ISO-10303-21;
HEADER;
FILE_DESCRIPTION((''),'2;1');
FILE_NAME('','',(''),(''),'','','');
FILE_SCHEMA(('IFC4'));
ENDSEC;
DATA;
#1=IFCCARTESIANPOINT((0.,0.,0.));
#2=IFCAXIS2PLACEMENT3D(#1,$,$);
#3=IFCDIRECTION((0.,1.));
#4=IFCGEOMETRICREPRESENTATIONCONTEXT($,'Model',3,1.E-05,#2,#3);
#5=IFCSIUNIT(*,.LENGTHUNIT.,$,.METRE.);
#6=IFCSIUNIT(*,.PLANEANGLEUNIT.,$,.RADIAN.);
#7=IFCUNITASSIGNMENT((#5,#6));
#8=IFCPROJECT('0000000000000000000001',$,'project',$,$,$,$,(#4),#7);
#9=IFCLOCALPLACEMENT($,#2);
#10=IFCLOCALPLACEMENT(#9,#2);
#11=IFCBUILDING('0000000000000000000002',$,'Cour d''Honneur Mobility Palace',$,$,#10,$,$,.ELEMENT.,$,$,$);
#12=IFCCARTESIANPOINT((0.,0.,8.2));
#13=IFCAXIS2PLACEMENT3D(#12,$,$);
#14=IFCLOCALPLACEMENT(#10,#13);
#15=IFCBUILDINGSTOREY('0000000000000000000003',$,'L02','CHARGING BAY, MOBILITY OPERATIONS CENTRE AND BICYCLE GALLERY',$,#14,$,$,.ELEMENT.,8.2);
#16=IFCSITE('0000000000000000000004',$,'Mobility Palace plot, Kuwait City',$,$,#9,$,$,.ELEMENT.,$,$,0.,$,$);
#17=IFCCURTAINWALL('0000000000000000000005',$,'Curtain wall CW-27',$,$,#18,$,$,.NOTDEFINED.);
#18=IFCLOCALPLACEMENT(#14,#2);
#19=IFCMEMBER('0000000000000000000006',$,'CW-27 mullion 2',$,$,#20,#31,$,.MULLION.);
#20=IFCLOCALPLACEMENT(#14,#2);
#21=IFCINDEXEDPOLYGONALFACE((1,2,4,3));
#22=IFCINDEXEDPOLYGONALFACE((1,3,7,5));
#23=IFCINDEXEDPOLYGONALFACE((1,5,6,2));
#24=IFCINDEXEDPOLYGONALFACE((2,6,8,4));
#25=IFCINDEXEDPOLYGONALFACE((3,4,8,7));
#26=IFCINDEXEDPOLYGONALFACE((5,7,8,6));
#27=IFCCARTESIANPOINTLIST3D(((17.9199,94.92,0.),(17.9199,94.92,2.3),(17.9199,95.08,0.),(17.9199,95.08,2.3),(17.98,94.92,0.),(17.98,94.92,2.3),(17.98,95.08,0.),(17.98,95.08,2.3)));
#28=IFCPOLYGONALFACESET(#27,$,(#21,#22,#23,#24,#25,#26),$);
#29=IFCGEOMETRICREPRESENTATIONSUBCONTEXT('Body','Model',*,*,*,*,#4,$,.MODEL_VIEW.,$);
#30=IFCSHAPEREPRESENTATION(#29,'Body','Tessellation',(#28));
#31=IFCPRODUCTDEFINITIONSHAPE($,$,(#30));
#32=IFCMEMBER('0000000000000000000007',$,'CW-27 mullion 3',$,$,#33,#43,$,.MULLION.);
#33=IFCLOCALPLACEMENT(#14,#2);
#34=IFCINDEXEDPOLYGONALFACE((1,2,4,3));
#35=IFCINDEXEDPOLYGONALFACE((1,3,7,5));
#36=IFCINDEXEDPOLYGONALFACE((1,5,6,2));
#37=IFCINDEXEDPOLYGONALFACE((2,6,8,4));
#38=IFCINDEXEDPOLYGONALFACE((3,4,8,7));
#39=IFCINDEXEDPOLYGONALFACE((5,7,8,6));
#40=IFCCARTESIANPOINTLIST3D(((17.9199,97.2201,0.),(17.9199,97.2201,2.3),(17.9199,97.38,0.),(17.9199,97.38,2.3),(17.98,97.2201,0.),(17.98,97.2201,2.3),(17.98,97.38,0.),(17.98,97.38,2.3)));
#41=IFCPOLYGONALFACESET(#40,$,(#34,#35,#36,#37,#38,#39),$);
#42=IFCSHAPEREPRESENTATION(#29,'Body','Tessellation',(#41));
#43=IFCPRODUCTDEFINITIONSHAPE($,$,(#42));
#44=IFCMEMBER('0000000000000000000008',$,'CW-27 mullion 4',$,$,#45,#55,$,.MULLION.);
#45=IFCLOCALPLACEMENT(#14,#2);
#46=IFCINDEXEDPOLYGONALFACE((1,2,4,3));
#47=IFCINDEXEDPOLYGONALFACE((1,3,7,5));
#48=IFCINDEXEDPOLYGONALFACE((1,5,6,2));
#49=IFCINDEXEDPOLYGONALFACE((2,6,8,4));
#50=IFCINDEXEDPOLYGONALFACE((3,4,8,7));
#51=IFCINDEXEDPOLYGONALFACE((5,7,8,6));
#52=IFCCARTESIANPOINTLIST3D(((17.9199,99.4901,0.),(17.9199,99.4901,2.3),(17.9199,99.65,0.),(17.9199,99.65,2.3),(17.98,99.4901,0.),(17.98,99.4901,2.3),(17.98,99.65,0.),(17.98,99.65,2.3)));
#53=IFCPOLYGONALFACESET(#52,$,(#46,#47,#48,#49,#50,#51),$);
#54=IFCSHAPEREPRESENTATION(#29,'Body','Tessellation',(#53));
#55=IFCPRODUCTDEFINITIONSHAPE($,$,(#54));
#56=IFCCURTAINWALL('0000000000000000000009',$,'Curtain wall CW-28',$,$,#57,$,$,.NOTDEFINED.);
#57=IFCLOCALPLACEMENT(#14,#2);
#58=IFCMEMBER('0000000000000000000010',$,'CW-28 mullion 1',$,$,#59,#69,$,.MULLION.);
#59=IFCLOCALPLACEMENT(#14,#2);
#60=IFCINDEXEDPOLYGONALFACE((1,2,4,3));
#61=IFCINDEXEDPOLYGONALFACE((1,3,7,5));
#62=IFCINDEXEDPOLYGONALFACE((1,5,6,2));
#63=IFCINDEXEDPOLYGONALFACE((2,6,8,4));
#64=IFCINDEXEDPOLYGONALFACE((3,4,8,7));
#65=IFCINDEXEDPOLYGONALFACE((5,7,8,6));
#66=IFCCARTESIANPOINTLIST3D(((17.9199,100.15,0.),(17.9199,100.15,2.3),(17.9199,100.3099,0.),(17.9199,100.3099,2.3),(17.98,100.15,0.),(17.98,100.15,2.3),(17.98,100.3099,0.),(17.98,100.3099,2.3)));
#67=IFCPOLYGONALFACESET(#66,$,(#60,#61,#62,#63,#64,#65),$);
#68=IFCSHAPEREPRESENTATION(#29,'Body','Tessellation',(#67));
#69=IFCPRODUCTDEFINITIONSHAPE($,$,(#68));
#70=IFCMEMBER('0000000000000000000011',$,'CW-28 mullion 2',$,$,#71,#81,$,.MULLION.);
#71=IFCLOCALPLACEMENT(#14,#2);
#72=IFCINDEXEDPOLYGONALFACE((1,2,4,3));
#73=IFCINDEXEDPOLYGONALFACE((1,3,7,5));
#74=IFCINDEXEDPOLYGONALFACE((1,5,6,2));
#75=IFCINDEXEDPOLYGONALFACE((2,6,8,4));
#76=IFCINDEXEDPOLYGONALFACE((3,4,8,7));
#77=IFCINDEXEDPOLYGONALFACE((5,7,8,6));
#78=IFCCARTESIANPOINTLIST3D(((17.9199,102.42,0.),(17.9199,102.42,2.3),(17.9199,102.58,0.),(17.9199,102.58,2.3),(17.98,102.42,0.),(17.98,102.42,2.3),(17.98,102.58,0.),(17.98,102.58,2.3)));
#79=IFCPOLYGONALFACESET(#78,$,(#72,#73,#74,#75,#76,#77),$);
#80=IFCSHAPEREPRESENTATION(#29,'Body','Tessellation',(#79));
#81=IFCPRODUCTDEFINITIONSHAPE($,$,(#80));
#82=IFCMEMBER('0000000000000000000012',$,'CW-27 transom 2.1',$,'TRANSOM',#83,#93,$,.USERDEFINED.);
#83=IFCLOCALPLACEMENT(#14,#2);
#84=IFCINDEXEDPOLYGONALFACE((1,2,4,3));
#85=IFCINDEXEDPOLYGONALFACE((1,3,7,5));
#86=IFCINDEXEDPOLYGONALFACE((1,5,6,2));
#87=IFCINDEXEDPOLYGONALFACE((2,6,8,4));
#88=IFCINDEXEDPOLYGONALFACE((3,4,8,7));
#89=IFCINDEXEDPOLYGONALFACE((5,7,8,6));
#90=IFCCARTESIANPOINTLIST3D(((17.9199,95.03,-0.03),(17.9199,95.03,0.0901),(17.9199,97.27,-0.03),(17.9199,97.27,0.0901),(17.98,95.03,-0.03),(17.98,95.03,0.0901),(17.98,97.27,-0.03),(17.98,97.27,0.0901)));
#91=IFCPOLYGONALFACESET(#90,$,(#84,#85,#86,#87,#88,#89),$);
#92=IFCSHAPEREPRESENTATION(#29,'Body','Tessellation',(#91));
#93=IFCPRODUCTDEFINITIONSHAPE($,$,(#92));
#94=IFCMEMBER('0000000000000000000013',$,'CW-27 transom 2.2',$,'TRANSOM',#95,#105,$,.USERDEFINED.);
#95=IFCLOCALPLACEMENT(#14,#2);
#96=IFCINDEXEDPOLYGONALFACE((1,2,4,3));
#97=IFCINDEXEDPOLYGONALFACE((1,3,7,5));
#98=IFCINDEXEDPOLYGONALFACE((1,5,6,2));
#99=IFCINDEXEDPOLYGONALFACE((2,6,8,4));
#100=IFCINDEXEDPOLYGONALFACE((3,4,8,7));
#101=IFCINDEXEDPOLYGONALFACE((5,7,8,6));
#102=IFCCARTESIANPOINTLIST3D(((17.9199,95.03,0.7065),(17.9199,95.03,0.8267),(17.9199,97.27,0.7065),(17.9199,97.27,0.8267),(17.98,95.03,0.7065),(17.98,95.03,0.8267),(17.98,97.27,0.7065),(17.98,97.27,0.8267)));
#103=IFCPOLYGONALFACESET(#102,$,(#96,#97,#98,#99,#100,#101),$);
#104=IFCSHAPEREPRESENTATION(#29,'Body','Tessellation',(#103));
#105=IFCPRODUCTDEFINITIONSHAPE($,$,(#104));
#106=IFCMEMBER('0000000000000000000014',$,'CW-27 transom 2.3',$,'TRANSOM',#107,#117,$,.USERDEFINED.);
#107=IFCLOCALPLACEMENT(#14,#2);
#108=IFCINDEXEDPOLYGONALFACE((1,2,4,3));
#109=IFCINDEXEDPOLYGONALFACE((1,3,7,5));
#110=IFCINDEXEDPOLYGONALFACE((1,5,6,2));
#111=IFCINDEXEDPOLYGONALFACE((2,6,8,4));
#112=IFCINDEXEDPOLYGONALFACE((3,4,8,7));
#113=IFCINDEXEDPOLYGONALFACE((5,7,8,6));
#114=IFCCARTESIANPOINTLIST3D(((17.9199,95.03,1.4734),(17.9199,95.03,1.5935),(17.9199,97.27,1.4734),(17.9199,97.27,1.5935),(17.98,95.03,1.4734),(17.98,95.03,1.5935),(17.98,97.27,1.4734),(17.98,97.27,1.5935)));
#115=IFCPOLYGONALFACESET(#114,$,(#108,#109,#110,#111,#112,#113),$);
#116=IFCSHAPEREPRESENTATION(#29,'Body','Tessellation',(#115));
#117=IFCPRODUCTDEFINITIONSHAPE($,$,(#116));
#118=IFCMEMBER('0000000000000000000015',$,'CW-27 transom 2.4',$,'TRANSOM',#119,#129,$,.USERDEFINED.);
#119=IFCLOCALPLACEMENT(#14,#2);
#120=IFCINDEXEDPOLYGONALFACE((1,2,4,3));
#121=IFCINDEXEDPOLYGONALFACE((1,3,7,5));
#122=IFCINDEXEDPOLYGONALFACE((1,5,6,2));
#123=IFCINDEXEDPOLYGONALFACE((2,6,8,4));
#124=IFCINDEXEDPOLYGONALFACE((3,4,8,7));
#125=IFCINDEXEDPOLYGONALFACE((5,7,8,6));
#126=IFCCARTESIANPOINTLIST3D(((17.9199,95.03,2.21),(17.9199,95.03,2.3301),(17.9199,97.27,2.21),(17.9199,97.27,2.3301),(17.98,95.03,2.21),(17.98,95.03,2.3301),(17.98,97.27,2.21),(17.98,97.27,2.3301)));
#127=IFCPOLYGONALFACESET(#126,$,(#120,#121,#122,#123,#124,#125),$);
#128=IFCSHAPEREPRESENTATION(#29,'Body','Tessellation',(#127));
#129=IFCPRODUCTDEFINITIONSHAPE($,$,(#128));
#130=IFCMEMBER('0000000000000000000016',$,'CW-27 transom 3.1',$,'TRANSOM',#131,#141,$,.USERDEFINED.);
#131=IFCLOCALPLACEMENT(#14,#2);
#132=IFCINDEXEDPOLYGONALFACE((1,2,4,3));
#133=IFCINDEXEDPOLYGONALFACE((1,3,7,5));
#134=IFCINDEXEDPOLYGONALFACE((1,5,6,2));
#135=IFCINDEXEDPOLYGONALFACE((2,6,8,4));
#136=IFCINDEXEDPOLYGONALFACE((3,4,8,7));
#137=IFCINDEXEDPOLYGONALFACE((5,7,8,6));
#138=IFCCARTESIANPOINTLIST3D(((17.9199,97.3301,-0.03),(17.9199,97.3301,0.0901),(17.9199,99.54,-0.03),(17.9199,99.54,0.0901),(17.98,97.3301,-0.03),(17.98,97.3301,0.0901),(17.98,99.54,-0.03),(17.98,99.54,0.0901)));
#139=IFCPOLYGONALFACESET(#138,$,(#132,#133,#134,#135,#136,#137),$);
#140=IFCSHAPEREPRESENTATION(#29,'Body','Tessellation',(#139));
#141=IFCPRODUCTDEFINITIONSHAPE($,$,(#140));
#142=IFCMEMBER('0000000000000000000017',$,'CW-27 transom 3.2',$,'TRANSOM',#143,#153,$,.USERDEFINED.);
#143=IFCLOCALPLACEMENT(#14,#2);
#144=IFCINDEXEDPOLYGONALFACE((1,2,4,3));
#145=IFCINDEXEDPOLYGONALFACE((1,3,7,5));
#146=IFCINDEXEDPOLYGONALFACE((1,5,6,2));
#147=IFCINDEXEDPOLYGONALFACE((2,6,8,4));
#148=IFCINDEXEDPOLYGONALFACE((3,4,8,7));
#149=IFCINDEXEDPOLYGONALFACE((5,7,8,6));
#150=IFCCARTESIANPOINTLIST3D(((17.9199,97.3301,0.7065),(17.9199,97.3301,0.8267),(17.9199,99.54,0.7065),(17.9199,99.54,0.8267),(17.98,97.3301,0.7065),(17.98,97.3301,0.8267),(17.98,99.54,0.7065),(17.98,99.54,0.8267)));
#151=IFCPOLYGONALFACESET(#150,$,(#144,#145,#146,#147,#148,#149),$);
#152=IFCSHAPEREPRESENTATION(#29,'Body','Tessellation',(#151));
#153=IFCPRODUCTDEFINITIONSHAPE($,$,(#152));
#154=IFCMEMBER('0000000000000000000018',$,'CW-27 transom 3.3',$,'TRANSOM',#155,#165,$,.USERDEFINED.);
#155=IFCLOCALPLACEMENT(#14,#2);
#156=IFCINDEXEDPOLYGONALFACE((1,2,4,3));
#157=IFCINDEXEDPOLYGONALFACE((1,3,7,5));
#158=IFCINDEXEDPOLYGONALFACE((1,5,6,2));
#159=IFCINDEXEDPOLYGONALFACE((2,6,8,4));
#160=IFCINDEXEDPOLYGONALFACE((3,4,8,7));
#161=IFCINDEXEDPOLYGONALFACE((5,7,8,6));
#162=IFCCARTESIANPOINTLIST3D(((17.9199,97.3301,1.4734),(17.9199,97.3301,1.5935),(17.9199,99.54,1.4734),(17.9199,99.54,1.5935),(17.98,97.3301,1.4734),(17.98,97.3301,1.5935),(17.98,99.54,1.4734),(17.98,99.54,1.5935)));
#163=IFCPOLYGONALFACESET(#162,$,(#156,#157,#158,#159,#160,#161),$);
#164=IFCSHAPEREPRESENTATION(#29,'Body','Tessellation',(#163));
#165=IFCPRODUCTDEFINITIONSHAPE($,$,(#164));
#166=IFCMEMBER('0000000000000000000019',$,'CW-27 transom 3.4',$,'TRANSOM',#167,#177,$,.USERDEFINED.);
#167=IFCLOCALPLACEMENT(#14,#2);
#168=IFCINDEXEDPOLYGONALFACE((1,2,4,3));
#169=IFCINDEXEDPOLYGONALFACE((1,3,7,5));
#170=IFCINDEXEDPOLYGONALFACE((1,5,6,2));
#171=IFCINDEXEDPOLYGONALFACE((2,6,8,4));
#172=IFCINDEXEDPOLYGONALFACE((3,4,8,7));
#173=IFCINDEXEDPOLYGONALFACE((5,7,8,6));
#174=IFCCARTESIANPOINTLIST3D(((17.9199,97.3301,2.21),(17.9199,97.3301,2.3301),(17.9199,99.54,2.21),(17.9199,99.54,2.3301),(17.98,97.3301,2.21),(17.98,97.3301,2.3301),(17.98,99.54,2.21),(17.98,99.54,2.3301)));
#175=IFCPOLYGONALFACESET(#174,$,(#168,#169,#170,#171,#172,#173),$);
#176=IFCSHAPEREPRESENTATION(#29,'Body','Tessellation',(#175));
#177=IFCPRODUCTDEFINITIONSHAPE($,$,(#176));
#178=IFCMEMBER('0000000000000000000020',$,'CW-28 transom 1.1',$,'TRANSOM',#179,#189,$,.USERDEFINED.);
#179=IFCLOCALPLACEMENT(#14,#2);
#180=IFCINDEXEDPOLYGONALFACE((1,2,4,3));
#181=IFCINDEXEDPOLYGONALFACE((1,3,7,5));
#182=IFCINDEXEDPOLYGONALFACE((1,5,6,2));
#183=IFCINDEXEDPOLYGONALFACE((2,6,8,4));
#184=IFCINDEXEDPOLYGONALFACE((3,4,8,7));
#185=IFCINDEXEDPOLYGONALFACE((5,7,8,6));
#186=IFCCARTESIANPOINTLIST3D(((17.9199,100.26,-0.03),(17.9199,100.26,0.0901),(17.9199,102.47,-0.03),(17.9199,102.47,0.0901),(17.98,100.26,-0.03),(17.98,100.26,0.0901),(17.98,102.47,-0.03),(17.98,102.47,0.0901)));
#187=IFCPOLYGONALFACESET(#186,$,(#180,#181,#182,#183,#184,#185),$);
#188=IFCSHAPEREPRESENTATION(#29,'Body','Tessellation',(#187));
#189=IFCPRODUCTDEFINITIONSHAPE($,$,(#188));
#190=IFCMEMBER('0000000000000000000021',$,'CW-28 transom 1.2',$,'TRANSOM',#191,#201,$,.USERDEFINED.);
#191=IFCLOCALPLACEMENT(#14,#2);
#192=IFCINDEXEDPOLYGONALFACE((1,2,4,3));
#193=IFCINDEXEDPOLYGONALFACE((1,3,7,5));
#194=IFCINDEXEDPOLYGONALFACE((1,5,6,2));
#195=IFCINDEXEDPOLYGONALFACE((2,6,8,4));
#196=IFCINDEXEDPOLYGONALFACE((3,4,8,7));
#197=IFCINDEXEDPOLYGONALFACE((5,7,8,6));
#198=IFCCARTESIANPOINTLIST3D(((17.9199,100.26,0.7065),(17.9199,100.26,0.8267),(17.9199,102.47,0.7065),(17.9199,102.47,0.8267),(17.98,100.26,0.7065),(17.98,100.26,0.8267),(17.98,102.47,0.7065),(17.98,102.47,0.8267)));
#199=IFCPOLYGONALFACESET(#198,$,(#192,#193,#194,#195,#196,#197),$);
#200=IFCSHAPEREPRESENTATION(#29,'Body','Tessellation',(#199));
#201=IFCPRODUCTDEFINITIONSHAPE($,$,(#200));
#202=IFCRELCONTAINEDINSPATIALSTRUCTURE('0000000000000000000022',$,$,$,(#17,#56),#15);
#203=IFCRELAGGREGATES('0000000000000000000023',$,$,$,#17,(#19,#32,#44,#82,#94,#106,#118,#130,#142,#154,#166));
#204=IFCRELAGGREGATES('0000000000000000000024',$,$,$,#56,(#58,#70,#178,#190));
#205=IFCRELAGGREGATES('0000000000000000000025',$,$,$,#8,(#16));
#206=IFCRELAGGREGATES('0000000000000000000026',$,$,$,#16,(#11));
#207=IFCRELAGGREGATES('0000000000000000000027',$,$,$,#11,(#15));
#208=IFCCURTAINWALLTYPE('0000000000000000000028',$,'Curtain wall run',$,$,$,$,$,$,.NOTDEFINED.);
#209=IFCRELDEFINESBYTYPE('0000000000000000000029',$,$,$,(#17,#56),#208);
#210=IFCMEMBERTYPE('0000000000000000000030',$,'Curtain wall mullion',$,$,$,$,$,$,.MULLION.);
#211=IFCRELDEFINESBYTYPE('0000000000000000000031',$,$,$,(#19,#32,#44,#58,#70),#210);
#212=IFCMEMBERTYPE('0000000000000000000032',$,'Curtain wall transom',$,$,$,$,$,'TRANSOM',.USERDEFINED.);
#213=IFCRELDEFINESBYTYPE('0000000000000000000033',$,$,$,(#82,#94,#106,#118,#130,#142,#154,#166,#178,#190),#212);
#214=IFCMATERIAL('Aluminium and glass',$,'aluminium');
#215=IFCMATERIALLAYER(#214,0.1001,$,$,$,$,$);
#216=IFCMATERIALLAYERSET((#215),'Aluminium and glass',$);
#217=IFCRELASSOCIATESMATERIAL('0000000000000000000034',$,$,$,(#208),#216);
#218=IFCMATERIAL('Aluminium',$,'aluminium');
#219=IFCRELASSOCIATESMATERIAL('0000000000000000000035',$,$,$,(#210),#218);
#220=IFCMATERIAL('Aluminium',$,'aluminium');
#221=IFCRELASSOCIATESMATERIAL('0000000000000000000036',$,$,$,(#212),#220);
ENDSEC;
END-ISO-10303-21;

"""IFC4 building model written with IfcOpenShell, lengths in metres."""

from ifc_helpers import new_model, si_unit, direction, frame, origin, origin_2d, place, context, subcontext, project, spatial, rectangle, extrude, material, layer, layer_set, material_profile, profile_set, type_object, element, aggregate, save


model = new_model("IFC4")

# Units and contexts
model_context = context("Model", 3, precision=1e-05, world=origin(), true_north=direction((0.0, 1.0)))
body_context = subcontext(model_context, "Body", "Model", "MODEL_VIEW")
ifc_project = project(units=[si_unit("LENGTHUNIT", "METRE"), si_unit("PLANEANGLEUNIT", "RADIAN")], contexts=[model_context])

# Site, building, storey
site_placement = place(None, origin())
site = spatial("IfcSite", under=ifc_project, at=site_placement, Name="Mobility Palace plot, Kuwait City", CompositionType="ELEMENT", RefElevation=0.0)
building_placement = place(site_placement, origin())
building = spatial("IfcBuilding", under=site, at=building_placement, Name="Cour d'Honneur Mobility Palace", CompositionType="ELEMENT")
storey_placement = place(building_placement, frame((0.0, 0.0, 8.2)))
storey = spatial("IfcBuildingStorey", under=building, at=storey_placement, Name="L02", Description="CHARGING BAY, MOBILITY OPERATIONS CENTRE AND BICYCLE GALLERY", CompositionType="ELEMENT", Elevation=8.2)

# Curtain walls, members
ifc_material_1 = material(Name="Aluminium and glass", Category="aluminium")
ifc_layer_1 = layer(ifc_material_1, 0.1001)
ifc_layer_set_1 = layer_set([ifc_layer_1], Name="Aluminium and glass")
curtain_wall_type = type_object("IfcCurtainWallType", Name="Curtain wall run", PredefinedType="NOTDEFINED", material=ifc_layer_set_1)
curtain_wall_1_placement = place(storey_placement, origin())
curtain_wall_1 = element("IfcCurtainWall", 1, at=curtain_wall_1_placement, inside=storey, type_object=curtain_wall_type, Name="Curtain wall CW-27", PredefinedType="NOTDEFINED")
ifc_material_2 = material(Name="Aluminium", Category="aluminium")
ifc_material_profile_1 = material_profile(ifc_material_2, rectangle(XDim=0.0601, YDim=0.1599, at=origin_2d()), Name="Curtain wall mullion")
ifc_profile_set_1 = profile_set([ifc_material_profile_1], Name="Aluminium")
member_type_1 = type_object("IfcMemberType", Name="Curtain wall mullion", PredefinedType="MULLION", material=ifc_profile_set_1)
member_1_placement = place(storey_placement, frame((17.95, 95.0, 0.0), z_axis=(0.0, 0.0, 1.0), x_axis=(-1.0, 0.0, 0.0)))
member_1 = element("IfcMember", 2, at=member_1_placement, type_object=member_type_1, Name="CW-27 mullion 2", PredefinedType="MULLION", context=body_context, shape_type="SweptSolid", body=[
    extrude(rectangle(XDim=0.0601, YDim=0.1599, at=origin_2d()), origin(), (0.0, 0.0, 1.0), 2.3),
])
member_2_placement = place(storey_placement, frame((17.95, 97.3, 0.0), z_axis=(0.0, 0.0, 1.0), x_axis=(-1.0, 0.0, 0.0)))
member_2 = element("IfcMember", 3, at=member_2_placement, type_object=member_type_1, Name="CW-27 mullion 3", PredefinedType="MULLION", context=body_context, shape_type="SweptSolid", body=[
    extrude(rectangle(XDim=0.0601, YDim=0.1599, at=origin_2d()), origin(), (0.0, 0.0, 1.0), 2.3),
])
member_3_placement = place(storey_placement, frame((17.95, 99.5701, 0.0), z_axis=(0.0, 0.0, 1.0), x_axis=(-1.0, 0.0, 0.0)))
member_3 = element("IfcMember", 4, at=member_3_placement, type_object=member_type_1, Name="CW-27 mullion 4", PredefinedType="MULLION", context=body_context, shape_type="SweptSolid", body=[
    extrude(rectangle(XDim=0.0601, YDim=0.1599, at=origin_2d()), origin(), (0.0, 0.0, 1.0), 2.3),
])
curtain_wall_2_placement = place(storey_placement, origin())
curtain_wall_2 = element("IfcCurtainWall", 5, at=curtain_wall_2_placement, inside=storey, type_object=curtain_wall_type, Name="Curtain wall CW-28", PredefinedType="NOTDEFINED")
member_4_placement = place(storey_placement, frame((17.95, 100.23, 0.0), z_axis=(0.0, 0.0, 1.0), x_axis=(-1.0, 0.0, 0.0)))
member_4 = element("IfcMember", 6, at=member_4_placement, type_object=member_type_1, Name="CW-28 mullion 1", PredefinedType="MULLION", context=body_context, shape_type="SweptSolid", body=[
    extrude(rectangle(XDim=0.0601, YDim=0.1599, at=origin_2d()), origin(), (0.0, 0.0, 1.0), 2.3),
])
member_5_placement = place(storey_placement, frame((17.95, 102.5, 0.0), z_axis=(0.0, 0.0, 1.0), x_axis=(-1.0, 0.0, 0.0)))
member_5 = element("IfcMember", 7, at=member_5_placement, type_object=member_type_1, Name="CW-28 mullion 2", PredefinedType="MULLION", context=body_context, shape_type="SweptSolid", body=[
    extrude(rectangle(XDim=0.0601, YDim=0.1599, at=origin_2d()), origin(), (0.0, 0.0, 1.0), 2.3),
])

# Members
ifc_material_3 = material(Name="Aluminium", Category="aluminium")
ifc_material_profile_2 = material_profile(ifc_material_3, rectangle(XDim=0.0601, YDim=0.1201, at=origin_2d()), Name="Curtain wall transom")
ifc_profile_set_2 = profile_set([ifc_material_profile_2], Name="Aluminium")
member_type_2 = type_object("IfcMemberType", Name="Curtain wall transom", ElementType="TRANSOM", PredefinedType="USERDEFINED", material=ifc_profile_set_2)
member_6_placement = place(storey_placement, frame((17.95, 95.03, 0.03), z_axis=(0.0, 1.0, 0.0), x_axis=(-1.0, 0.0, 0.0)))
member_6 = element("IfcMember", 8, at=member_6_placement, type_object=member_type_2, Name="CW-27 transom 2.1", ObjectType="TRANSOM", PredefinedType="USERDEFINED", context=body_context, shape_type="SweptSolid", body=[
    extrude(rectangle(XDim=0.0601, YDim=0.1201, at=origin_2d()), origin(), (0.0, 0.0, 1.0), 2.24),
])
member_7_placement = place(storey_placement, frame((17.95, 95.03, 0.7666), z_axis=(0.0, 1.0, 0.0), x_axis=(-1.0, 0.0, 0.0)))
member_7 = element("IfcMember", 9, at=member_7_placement, type_object=member_type_2, Name="CW-27 transom 2.2", ObjectType="TRANSOM", PredefinedType="USERDEFINED", context=body_context, shape_type="SweptSolid", body=[
    extrude(rectangle(XDim=0.0601, YDim=0.1201, at=origin_2d()), origin(), (0.0, 0.0, 1.0), 2.24),
])
member_8_placement = place(storey_placement, frame((17.95, 95.03, 1.5334), z_axis=(0.0, 1.0, 0.0), x_axis=(-1.0, 0.0, 0.0)))
member_8 = element("IfcMember", 10, at=member_8_placement, type_object=member_type_2, Name="CW-27 transom 2.3", ObjectType="TRANSOM", PredefinedType="USERDEFINED", context=body_context, shape_type="SweptSolid", body=[
    extrude(rectangle(XDim=0.0601, YDim=0.1201, at=origin_2d()), origin(), (0.0, 0.0, 1.0), 2.24),
])
member_9_placement = place(storey_placement, frame((17.95, 95.03, 2.27), z_axis=(0.0, 1.0, 0.0), x_axis=(-1.0, 0.0, 0.0)))
member_9 = element("IfcMember", 11, at=member_9_placement, type_object=member_type_2, Name="CW-27 transom 2.4", ObjectType="TRANSOM", PredefinedType="USERDEFINED", context=body_context, shape_type="SweptSolid", body=[
    extrude(rectangle(XDim=0.0601, YDim=0.1201, at=origin_2d()), origin(), (0.0, 0.0, 1.0), 2.24),
])
member_10_placement = place(storey_placement, frame((17.95, 97.3301, 0.03), z_axis=(0.0, 1.0, 0.0), x_axis=(-1.0, 0.0, 0.0)))
member_10 = element("IfcMember", 12, at=member_10_placement, type_object=member_type_2, Name="CW-27 transom 3.1", ObjectType="TRANSOM", PredefinedType="USERDEFINED", context=body_context, shape_type="SweptSolid", body=[
    extrude(rectangle(XDim=0.0601, YDim=0.1201, at=origin_2d()), origin(), (0.0, 0.0, 1.0), 2.21),
])
member_11_placement = place(storey_placement, frame((17.95, 97.3301, 0.7666), z_axis=(0.0, 1.0, 0.0), x_axis=(-1.0, 0.0, 0.0)))
member_11 = element("IfcMember", 13, at=member_11_placement, type_object=member_type_2, Name="CW-27 transom 3.2", ObjectType="TRANSOM", PredefinedType="USERDEFINED", context=body_context, shape_type="SweptSolid", body=[
    extrude(rectangle(XDim=0.0601, YDim=0.1201, at=origin_2d()), origin(), (0.0, 0.0, 1.0), 2.21),
])
member_12_placement = place(storey_placement, frame((17.95, 97.3301, 1.5334), z_axis=(0.0, 1.0, 0.0), x_axis=(-1.0, 0.0, 0.0)))
member_12 = element("IfcMember", 14, at=member_12_placement, type_object=member_type_2, Name="CW-27 transom 3.3", ObjectType="TRANSOM", PredefinedType="USERDEFINED", context=body_context, shape_type="SweptSolid", body=[
    extrude(rectangle(XDim=0.0601, YDim=0.1201, at=origin_2d()), origin(), (0.0, 0.0, 1.0), 2.21),
])
member_13_placement = place(storey_placement, frame((17.95, 97.3301, 2.27), z_axis=(0.0, 1.0, 0.0), x_axis=(-1.0, 0.0, 0.0)))
member_13 = element("IfcMember", 15, at=member_13_placement, type_object=member_type_2, Name="CW-27 transom 3.4", ObjectType="TRANSOM", PredefinedType="USERDEFINED", context=body_context, shape_type="SweptSolid", body=[
    extrude(rectangle(XDim=0.0601, YDim=0.1201, at=origin_2d()), origin(), (0.0, 0.0, 1.0), 2.21),
])
member_14_placement = place(storey_placement, frame((17.95, 100.26, 0.03), z_axis=(0.0, 1.0, 0.0), x_axis=(-1.0, 0.0, 0.0)))
member_14 = element("IfcMember", 16, at=member_14_placement, type_object=member_type_2, Name="CW-28 transom 1.1", ObjectType="TRANSOM", PredefinedType="USERDEFINED", context=body_context, shape_type="SweptSolid", body=[
    extrude(rectangle(XDim=0.0601, YDim=0.1201, at=origin_2d()), origin(), (0.0, 0.0, 1.0), 2.21),
])
member_15_placement = place(storey_placement, frame((17.95, 100.26, 0.7666), z_axis=(0.0, 1.0, 0.0), x_axis=(-1.0, 0.0, 0.0)))
member_15 = element("IfcMember", 17, at=member_15_placement, type_object=member_type_2, Name="CW-28 transom 1.2", ObjectType="TRANSOM", PredefinedType="USERDEFINED", context=body_context, shape_type="SweptSolid", body=[
    extrude(rectangle(XDim=0.0601, YDim=0.1201, at=origin_2d()), origin(), (0.0, 0.0, 1.0), 2.21),
])

aggregate(curtain_wall_1, [member_1, member_2, member_3, member_6, member_7, member_8, member_9, member_10, member_11, member_12, member_13])
aggregate(curtain_wall_2, [member_4, member_5, member_14, member_15])

save(model, "model.ifc")
